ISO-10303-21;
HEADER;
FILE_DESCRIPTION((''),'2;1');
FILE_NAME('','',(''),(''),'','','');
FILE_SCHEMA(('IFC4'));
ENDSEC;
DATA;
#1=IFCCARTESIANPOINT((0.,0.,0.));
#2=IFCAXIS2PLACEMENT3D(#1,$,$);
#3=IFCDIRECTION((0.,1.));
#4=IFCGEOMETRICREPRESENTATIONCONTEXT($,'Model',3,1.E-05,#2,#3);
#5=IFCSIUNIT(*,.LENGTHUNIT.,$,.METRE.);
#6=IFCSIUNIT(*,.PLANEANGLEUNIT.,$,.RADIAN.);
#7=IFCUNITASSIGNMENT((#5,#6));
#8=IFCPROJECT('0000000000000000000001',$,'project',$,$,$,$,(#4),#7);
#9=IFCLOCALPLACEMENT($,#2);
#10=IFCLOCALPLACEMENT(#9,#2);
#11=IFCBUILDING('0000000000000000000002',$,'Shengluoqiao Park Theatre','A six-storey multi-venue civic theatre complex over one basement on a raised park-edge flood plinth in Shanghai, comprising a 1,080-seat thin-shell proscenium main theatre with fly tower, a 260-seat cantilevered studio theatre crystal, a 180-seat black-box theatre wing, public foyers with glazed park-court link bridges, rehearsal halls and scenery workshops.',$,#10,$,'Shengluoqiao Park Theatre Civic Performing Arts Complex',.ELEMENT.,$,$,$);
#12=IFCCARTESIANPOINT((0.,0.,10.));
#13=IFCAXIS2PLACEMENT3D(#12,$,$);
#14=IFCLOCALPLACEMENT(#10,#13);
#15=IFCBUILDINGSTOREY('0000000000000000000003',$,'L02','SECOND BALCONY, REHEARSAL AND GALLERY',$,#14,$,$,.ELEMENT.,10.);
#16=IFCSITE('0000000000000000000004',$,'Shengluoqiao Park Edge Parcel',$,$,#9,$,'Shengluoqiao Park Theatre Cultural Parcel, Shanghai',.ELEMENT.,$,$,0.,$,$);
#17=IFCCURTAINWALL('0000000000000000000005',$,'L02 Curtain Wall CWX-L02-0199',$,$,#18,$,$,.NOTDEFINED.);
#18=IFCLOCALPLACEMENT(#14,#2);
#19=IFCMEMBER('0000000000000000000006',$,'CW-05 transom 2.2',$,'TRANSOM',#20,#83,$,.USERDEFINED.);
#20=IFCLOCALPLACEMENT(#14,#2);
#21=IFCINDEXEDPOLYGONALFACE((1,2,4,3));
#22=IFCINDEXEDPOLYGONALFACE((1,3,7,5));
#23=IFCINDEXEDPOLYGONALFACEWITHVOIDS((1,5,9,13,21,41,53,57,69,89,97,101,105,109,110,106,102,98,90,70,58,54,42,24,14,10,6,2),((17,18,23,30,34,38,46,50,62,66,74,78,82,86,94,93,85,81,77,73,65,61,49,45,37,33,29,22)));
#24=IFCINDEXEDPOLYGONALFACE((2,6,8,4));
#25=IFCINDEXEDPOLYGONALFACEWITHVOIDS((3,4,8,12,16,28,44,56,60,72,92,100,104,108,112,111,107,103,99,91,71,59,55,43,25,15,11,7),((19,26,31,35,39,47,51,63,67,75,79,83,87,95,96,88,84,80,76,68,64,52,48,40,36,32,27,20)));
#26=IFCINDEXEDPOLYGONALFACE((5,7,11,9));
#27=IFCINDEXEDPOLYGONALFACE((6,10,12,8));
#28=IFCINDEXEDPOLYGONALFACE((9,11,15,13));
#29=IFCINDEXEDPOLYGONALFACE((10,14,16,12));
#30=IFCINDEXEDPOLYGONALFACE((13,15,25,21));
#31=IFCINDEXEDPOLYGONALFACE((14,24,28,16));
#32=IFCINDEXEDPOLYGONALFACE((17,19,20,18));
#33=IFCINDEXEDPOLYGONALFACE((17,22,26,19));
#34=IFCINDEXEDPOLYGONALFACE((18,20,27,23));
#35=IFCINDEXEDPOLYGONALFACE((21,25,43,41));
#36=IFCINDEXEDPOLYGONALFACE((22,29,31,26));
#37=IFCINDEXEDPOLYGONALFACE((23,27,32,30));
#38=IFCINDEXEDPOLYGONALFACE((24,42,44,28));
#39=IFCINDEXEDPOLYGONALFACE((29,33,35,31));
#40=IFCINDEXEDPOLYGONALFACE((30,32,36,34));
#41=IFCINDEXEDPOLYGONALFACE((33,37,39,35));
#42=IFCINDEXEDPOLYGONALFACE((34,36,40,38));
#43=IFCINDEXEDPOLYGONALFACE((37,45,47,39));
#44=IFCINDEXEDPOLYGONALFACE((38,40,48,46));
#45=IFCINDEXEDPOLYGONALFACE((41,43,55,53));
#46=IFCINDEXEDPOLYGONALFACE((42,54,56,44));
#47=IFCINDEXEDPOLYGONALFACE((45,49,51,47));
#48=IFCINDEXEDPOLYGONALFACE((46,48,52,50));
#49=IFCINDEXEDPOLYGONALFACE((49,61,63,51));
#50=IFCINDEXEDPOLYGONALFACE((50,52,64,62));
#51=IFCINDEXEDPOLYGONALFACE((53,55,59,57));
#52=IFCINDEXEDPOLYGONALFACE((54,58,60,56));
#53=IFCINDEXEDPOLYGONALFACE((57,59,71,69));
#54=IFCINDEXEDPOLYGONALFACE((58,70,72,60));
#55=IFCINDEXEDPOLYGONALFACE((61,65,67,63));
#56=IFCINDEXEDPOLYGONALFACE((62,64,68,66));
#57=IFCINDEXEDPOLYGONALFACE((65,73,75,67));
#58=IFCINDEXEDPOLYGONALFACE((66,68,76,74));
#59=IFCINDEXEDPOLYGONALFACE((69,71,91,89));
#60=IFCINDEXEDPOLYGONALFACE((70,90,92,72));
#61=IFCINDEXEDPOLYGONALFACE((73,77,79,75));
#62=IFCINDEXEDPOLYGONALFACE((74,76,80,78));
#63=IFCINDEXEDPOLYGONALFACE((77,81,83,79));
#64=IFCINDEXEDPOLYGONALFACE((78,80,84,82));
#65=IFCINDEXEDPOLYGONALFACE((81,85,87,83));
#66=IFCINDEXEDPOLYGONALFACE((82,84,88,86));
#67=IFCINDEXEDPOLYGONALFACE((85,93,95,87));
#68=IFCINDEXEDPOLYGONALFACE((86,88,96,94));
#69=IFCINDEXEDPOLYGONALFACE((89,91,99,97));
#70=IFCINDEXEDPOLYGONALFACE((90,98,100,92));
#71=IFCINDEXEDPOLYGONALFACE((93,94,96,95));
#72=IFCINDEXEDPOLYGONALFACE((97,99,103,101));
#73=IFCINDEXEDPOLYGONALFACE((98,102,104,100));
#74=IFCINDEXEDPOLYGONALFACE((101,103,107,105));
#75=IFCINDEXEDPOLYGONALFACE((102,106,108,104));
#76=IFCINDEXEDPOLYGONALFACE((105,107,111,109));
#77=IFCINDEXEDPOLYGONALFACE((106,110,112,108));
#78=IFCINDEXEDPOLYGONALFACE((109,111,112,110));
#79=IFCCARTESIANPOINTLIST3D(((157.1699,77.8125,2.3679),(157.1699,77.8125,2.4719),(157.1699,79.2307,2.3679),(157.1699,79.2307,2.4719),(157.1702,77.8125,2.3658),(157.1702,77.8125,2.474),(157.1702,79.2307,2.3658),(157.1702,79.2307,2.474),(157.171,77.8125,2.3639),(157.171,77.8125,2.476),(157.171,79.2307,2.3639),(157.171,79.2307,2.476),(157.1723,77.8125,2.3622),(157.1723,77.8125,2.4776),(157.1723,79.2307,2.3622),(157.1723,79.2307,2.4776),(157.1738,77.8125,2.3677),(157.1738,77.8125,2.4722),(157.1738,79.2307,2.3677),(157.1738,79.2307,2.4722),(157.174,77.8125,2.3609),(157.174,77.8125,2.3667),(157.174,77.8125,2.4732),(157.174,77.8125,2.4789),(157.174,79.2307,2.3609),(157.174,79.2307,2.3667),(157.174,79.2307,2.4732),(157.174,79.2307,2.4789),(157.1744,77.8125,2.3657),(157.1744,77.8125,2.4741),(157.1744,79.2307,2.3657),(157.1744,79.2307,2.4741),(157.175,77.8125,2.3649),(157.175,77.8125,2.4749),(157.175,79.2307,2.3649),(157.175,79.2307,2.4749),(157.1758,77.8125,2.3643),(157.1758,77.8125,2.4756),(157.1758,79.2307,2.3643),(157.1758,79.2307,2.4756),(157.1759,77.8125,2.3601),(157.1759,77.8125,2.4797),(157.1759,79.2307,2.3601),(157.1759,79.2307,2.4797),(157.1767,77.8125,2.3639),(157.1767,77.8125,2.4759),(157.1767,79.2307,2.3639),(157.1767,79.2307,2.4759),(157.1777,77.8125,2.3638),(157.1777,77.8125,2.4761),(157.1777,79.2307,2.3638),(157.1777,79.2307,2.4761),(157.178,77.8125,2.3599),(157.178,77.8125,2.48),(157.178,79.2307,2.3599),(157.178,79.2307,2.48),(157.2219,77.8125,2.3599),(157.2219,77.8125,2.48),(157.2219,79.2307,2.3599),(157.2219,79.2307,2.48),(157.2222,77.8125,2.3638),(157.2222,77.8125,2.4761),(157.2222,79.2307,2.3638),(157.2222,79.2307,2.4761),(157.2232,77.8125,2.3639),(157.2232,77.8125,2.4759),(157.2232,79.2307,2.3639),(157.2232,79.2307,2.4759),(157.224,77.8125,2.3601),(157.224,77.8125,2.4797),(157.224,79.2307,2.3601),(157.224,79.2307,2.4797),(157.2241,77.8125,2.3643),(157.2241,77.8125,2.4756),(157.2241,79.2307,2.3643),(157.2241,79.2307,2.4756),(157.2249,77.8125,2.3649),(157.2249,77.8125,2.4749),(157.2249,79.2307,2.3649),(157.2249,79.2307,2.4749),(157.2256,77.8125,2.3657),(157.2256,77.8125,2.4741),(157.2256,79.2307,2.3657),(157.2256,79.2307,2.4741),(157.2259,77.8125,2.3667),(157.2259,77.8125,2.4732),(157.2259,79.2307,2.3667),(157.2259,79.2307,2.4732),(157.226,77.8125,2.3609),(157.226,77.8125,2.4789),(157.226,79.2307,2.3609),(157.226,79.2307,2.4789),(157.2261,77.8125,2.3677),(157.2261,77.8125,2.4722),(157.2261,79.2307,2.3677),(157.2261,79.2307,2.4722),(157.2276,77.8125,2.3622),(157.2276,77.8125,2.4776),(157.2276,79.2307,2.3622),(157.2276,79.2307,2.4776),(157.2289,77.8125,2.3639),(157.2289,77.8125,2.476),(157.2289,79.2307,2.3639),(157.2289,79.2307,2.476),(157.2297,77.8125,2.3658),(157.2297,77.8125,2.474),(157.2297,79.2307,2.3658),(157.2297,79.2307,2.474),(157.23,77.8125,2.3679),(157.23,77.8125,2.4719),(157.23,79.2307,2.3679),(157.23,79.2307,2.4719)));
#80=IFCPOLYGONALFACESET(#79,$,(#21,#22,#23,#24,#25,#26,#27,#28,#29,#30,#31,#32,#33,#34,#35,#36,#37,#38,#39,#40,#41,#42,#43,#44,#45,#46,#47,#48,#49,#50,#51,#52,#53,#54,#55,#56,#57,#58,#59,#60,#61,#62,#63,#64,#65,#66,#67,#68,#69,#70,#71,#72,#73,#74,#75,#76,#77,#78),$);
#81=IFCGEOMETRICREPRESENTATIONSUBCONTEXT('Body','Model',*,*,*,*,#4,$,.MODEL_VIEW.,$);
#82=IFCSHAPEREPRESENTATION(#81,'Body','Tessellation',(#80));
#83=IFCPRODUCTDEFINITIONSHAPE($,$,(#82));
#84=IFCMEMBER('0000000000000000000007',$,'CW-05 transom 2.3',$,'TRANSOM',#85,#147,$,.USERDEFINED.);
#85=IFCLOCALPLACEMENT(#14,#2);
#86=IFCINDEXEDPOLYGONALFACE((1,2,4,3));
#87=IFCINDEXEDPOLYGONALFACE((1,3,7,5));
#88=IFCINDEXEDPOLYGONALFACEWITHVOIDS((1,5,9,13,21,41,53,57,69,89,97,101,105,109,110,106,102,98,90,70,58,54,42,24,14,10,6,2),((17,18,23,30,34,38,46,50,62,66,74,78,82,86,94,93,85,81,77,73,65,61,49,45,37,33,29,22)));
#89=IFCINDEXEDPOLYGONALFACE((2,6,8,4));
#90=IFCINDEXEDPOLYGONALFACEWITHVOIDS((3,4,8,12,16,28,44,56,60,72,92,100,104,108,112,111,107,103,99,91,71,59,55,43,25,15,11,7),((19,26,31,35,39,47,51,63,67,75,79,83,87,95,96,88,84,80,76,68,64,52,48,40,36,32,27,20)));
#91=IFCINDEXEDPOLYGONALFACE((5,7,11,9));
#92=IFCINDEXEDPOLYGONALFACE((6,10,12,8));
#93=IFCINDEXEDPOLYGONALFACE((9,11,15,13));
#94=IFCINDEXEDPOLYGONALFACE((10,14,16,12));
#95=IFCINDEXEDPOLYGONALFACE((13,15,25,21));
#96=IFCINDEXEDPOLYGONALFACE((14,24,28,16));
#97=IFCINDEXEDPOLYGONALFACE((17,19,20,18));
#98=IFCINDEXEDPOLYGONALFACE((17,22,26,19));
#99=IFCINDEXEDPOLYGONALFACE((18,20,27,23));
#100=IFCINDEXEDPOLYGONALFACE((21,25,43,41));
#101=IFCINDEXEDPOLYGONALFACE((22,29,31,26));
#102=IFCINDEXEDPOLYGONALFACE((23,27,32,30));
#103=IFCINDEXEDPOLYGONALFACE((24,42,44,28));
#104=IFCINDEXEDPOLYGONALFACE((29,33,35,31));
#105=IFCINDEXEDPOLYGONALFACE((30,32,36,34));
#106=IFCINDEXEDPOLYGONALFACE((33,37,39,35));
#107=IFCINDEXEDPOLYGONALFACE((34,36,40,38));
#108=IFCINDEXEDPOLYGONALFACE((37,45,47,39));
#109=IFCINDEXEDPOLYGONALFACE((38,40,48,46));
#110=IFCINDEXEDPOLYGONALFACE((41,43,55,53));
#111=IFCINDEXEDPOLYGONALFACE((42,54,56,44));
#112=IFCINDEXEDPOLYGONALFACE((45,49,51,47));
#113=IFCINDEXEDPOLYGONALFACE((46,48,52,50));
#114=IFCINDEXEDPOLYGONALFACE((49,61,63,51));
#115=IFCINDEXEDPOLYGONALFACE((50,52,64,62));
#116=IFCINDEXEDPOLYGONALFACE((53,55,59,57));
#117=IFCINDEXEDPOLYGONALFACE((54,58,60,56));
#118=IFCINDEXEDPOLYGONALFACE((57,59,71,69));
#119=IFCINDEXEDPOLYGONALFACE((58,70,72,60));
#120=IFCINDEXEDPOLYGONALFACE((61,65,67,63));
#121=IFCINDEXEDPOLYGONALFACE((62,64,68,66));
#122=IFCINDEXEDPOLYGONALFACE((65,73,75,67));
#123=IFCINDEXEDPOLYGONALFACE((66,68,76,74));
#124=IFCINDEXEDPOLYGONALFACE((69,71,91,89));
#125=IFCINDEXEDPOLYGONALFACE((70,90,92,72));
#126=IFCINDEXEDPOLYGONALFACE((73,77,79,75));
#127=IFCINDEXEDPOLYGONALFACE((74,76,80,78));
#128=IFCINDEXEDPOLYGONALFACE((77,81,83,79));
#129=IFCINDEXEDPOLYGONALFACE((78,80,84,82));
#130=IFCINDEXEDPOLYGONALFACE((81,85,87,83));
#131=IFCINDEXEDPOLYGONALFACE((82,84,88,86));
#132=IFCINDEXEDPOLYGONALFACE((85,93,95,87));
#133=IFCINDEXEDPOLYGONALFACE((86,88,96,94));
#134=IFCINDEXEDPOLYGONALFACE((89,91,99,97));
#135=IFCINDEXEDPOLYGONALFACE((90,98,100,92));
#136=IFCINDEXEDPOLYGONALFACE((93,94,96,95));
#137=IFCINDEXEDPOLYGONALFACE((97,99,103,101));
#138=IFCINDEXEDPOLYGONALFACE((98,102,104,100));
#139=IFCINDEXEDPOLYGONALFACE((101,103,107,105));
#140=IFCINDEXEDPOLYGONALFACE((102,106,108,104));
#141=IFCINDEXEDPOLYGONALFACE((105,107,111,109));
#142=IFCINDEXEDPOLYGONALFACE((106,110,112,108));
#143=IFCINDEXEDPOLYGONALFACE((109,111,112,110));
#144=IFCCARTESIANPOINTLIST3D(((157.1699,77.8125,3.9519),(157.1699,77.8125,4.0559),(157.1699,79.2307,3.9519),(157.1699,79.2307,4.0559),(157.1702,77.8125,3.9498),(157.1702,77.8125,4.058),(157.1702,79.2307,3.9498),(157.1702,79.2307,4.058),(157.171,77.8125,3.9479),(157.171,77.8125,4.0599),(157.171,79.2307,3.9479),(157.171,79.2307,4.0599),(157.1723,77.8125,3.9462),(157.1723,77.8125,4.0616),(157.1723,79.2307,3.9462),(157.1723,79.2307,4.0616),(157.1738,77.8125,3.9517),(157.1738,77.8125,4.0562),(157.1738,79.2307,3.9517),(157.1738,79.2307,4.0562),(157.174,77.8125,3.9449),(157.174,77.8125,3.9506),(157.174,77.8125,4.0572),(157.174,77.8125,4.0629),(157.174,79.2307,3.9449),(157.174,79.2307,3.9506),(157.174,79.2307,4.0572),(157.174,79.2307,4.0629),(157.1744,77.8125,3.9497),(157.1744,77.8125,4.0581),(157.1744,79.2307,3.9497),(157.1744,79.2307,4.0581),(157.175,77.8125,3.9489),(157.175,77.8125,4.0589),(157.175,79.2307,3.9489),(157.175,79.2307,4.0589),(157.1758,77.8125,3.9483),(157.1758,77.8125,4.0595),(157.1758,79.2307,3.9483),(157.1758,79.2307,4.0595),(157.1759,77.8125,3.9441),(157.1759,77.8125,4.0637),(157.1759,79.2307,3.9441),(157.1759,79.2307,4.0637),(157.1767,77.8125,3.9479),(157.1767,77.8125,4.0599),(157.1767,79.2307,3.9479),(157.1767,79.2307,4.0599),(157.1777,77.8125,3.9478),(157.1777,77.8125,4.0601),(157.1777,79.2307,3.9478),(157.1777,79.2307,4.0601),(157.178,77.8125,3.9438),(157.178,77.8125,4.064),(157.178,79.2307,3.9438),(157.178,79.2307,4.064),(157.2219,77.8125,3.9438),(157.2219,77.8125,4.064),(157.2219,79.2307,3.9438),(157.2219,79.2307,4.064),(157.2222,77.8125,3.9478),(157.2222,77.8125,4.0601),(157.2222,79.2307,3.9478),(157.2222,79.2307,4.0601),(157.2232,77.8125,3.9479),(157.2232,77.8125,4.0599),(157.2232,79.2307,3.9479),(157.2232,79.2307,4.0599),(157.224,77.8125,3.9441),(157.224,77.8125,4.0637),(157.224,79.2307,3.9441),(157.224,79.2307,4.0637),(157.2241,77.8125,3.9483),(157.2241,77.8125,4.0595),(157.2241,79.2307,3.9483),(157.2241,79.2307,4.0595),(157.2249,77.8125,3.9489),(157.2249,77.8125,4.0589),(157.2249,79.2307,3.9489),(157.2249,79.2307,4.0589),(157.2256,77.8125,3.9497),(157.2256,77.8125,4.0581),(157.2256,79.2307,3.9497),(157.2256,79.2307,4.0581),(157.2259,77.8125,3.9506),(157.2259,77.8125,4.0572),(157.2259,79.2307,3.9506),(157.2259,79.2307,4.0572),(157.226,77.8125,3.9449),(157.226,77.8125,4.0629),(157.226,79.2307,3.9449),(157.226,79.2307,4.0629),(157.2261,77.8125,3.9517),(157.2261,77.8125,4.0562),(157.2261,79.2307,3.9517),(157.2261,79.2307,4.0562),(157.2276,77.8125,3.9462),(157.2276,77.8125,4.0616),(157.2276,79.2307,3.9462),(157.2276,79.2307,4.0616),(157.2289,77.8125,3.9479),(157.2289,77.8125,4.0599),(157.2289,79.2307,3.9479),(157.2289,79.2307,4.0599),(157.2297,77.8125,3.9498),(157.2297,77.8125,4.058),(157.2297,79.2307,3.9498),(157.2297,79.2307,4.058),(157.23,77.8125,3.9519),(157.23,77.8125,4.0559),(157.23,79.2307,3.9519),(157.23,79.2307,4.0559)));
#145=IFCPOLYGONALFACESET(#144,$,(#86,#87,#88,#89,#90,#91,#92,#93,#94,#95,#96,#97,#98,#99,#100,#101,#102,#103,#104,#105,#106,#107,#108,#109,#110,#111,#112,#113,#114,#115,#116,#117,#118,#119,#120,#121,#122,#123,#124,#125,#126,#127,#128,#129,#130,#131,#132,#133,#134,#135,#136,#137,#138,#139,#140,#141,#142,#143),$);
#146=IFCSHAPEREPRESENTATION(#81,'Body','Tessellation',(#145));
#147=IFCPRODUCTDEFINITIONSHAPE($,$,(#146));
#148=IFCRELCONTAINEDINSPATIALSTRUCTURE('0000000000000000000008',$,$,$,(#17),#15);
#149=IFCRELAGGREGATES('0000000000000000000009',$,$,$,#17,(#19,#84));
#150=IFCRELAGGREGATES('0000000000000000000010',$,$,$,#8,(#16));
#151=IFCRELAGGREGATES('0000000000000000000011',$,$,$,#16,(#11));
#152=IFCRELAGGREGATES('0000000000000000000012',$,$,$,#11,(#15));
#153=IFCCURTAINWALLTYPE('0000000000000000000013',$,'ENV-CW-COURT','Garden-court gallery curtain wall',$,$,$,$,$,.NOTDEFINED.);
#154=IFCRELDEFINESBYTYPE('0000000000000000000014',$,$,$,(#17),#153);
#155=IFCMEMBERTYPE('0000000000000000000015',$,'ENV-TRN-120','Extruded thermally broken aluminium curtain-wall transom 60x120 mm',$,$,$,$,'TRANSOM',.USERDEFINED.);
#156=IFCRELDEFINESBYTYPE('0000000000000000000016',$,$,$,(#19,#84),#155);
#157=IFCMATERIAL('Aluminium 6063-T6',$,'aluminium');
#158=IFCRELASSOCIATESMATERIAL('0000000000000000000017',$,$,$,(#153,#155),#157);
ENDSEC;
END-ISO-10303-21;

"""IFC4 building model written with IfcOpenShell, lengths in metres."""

from ifc_helpers import new_model, si_unit, direction, frame, origin, origin_2d, place, context, subcontext, project, spatial, hollow_rectangle, extrude, material, material_profile, profile_set, type_object, element, aggregate, save


model = new_model("IFC4")

# Units and contexts
model_context = context("Model", 3, precision=1e-05, world=origin(), true_north=direction((0.0, 1.0)))
body_context = subcontext(model_context, "Body", "Model", "MODEL_VIEW")
ifc_project = project(units=[si_unit("LENGTHUNIT", "METRE"), si_unit("PLANEANGLEUNIT", "RADIAN")], contexts=[model_context])

# Site, building, storey
site_placement = place(None, origin())
site = spatial("IfcSite", under=ifc_project, at=site_placement, Name="Shengluoqiao Park Edge Parcel", LongName="Shengluoqiao Park Theatre Cultural Parcel, Shanghai", CompositionType="ELEMENT", RefElevation=0.0)
building_placement = place(site_placement, origin())
building = spatial("IfcBuilding", under=site, at=building_placement, Name="Shengluoqiao Park Theatre", Description="A six-storey multi-venue civic theatre complex over one basement on a raised park-edge flood plinth in Shanghai, comprising a 1,080-seat thin-shell proscenium main theatre with fly tower, a 260-seat cantilevered studio theatre crystal, a 180-seat black-box theatre wing, public foyers with glazed park-court link bridges, rehearsal halls and scenery workshops.", LongName="Shengluoqiao Park Theatre Civic Performing Arts Complex", CompositionType="ELEMENT")
storey_placement = place(building_placement, frame((0.0, 0.0, 10.0)))
storey = spatial("IfcBuildingStorey", under=building, at=storey_placement, Name="L02", Description="SECOND BALCONY, REHEARSAL AND GALLERY", CompositionType="ELEMENT", Elevation=10.0)

# Curtain wall, members
ifc_material_1 = material(Name="Aluminium 6063-T6", Category="aluminium")
curtain_wall_type = type_object("IfcCurtainWallType", Name="ENV-CW-COURT", Description="Garden-court gallery curtain wall", PredefinedType="NOTDEFINED", material=ifc_material_1)
curtain_wall_placement = place(storey_placement, origin())
curtain_wall = element("IfcCurtainWall", 1, at=curtain_wall_placement, inside=storey, type_object=curtain_wall_type, Name="L02 Curtain Wall CWX-L02-0199", PredefinedType="NOTDEFINED")
ifc_material_profile_1 = material_profile(ifc_material_1, hollow_rectangle(XDim=0.0601, YDim=0.1201, WallThickness=0.0039, InnerFilletRadius=0.0039, OuterFilletRadius=0.0081, at=origin_2d()), Name="ALU TRANSOM 120x60x4")
ifc_profile_set_1 = profile_set([ifc_material_profile_1], Name="Aluminium 6063-T6")
member_type_1 = type_object("IfcMemberType", Name="ENV-TRN-120", Description="Extruded thermally broken aluminium curtain-wall transom 60x120 mm", ElementType="TRANSOM", PredefinedType="USERDEFINED", material=ifc_profile_set_1)
member_1_placement = place(storey_placement, frame((157.2, 77.8125, 2.4199), z_axis=(0.0, 1.0, 0.0), x_axis=(-1.0, 0.0, 0.0)))
member_1 = element("IfcMember", 2, at=member_1_placement, type_object=member_type_1, Name="CW-05 transom 2.2", ObjectType="TRANSOM", PredefinedType="USERDEFINED", context=body_context, shape_type="SweptSolid", body=[
    extrude(hollow_rectangle(XDim=0.0601, YDim=0.1201, WallThickness=0.0039, InnerFilletRadius=0.0039, OuterFilletRadius=0.0081, at=origin_2d()), origin(), (0.0, 0.0, 1.0), 1.4182),
])
member_2_placement = place(storey_placement, frame((157.2, 77.8125, 4.0039), z_axis=(0.0, 1.0, 0.0), x_axis=(-1.0, 0.0, 0.0)))
member_2 = element("IfcMember", 3, at=member_2_placement, type_object=member_type_1, Name="CW-05 transom 2.3", ObjectType="TRANSOM", PredefinedType="USERDEFINED", context=body_context, shape_type="SweptSolid", body=[
    extrude(hollow_rectangle(XDim=0.0601, YDim=0.1201, WallThickness=0.0039, InnerFilletRadius=0.0039, OuterFilletRadius=0.0081, at=origin_2d()), origin(), (0.0, 0.0, 1.0), 1.4182),
])

aggregate(curtain_wall, [member_1, member_2])

save(model, "model.ifc")
